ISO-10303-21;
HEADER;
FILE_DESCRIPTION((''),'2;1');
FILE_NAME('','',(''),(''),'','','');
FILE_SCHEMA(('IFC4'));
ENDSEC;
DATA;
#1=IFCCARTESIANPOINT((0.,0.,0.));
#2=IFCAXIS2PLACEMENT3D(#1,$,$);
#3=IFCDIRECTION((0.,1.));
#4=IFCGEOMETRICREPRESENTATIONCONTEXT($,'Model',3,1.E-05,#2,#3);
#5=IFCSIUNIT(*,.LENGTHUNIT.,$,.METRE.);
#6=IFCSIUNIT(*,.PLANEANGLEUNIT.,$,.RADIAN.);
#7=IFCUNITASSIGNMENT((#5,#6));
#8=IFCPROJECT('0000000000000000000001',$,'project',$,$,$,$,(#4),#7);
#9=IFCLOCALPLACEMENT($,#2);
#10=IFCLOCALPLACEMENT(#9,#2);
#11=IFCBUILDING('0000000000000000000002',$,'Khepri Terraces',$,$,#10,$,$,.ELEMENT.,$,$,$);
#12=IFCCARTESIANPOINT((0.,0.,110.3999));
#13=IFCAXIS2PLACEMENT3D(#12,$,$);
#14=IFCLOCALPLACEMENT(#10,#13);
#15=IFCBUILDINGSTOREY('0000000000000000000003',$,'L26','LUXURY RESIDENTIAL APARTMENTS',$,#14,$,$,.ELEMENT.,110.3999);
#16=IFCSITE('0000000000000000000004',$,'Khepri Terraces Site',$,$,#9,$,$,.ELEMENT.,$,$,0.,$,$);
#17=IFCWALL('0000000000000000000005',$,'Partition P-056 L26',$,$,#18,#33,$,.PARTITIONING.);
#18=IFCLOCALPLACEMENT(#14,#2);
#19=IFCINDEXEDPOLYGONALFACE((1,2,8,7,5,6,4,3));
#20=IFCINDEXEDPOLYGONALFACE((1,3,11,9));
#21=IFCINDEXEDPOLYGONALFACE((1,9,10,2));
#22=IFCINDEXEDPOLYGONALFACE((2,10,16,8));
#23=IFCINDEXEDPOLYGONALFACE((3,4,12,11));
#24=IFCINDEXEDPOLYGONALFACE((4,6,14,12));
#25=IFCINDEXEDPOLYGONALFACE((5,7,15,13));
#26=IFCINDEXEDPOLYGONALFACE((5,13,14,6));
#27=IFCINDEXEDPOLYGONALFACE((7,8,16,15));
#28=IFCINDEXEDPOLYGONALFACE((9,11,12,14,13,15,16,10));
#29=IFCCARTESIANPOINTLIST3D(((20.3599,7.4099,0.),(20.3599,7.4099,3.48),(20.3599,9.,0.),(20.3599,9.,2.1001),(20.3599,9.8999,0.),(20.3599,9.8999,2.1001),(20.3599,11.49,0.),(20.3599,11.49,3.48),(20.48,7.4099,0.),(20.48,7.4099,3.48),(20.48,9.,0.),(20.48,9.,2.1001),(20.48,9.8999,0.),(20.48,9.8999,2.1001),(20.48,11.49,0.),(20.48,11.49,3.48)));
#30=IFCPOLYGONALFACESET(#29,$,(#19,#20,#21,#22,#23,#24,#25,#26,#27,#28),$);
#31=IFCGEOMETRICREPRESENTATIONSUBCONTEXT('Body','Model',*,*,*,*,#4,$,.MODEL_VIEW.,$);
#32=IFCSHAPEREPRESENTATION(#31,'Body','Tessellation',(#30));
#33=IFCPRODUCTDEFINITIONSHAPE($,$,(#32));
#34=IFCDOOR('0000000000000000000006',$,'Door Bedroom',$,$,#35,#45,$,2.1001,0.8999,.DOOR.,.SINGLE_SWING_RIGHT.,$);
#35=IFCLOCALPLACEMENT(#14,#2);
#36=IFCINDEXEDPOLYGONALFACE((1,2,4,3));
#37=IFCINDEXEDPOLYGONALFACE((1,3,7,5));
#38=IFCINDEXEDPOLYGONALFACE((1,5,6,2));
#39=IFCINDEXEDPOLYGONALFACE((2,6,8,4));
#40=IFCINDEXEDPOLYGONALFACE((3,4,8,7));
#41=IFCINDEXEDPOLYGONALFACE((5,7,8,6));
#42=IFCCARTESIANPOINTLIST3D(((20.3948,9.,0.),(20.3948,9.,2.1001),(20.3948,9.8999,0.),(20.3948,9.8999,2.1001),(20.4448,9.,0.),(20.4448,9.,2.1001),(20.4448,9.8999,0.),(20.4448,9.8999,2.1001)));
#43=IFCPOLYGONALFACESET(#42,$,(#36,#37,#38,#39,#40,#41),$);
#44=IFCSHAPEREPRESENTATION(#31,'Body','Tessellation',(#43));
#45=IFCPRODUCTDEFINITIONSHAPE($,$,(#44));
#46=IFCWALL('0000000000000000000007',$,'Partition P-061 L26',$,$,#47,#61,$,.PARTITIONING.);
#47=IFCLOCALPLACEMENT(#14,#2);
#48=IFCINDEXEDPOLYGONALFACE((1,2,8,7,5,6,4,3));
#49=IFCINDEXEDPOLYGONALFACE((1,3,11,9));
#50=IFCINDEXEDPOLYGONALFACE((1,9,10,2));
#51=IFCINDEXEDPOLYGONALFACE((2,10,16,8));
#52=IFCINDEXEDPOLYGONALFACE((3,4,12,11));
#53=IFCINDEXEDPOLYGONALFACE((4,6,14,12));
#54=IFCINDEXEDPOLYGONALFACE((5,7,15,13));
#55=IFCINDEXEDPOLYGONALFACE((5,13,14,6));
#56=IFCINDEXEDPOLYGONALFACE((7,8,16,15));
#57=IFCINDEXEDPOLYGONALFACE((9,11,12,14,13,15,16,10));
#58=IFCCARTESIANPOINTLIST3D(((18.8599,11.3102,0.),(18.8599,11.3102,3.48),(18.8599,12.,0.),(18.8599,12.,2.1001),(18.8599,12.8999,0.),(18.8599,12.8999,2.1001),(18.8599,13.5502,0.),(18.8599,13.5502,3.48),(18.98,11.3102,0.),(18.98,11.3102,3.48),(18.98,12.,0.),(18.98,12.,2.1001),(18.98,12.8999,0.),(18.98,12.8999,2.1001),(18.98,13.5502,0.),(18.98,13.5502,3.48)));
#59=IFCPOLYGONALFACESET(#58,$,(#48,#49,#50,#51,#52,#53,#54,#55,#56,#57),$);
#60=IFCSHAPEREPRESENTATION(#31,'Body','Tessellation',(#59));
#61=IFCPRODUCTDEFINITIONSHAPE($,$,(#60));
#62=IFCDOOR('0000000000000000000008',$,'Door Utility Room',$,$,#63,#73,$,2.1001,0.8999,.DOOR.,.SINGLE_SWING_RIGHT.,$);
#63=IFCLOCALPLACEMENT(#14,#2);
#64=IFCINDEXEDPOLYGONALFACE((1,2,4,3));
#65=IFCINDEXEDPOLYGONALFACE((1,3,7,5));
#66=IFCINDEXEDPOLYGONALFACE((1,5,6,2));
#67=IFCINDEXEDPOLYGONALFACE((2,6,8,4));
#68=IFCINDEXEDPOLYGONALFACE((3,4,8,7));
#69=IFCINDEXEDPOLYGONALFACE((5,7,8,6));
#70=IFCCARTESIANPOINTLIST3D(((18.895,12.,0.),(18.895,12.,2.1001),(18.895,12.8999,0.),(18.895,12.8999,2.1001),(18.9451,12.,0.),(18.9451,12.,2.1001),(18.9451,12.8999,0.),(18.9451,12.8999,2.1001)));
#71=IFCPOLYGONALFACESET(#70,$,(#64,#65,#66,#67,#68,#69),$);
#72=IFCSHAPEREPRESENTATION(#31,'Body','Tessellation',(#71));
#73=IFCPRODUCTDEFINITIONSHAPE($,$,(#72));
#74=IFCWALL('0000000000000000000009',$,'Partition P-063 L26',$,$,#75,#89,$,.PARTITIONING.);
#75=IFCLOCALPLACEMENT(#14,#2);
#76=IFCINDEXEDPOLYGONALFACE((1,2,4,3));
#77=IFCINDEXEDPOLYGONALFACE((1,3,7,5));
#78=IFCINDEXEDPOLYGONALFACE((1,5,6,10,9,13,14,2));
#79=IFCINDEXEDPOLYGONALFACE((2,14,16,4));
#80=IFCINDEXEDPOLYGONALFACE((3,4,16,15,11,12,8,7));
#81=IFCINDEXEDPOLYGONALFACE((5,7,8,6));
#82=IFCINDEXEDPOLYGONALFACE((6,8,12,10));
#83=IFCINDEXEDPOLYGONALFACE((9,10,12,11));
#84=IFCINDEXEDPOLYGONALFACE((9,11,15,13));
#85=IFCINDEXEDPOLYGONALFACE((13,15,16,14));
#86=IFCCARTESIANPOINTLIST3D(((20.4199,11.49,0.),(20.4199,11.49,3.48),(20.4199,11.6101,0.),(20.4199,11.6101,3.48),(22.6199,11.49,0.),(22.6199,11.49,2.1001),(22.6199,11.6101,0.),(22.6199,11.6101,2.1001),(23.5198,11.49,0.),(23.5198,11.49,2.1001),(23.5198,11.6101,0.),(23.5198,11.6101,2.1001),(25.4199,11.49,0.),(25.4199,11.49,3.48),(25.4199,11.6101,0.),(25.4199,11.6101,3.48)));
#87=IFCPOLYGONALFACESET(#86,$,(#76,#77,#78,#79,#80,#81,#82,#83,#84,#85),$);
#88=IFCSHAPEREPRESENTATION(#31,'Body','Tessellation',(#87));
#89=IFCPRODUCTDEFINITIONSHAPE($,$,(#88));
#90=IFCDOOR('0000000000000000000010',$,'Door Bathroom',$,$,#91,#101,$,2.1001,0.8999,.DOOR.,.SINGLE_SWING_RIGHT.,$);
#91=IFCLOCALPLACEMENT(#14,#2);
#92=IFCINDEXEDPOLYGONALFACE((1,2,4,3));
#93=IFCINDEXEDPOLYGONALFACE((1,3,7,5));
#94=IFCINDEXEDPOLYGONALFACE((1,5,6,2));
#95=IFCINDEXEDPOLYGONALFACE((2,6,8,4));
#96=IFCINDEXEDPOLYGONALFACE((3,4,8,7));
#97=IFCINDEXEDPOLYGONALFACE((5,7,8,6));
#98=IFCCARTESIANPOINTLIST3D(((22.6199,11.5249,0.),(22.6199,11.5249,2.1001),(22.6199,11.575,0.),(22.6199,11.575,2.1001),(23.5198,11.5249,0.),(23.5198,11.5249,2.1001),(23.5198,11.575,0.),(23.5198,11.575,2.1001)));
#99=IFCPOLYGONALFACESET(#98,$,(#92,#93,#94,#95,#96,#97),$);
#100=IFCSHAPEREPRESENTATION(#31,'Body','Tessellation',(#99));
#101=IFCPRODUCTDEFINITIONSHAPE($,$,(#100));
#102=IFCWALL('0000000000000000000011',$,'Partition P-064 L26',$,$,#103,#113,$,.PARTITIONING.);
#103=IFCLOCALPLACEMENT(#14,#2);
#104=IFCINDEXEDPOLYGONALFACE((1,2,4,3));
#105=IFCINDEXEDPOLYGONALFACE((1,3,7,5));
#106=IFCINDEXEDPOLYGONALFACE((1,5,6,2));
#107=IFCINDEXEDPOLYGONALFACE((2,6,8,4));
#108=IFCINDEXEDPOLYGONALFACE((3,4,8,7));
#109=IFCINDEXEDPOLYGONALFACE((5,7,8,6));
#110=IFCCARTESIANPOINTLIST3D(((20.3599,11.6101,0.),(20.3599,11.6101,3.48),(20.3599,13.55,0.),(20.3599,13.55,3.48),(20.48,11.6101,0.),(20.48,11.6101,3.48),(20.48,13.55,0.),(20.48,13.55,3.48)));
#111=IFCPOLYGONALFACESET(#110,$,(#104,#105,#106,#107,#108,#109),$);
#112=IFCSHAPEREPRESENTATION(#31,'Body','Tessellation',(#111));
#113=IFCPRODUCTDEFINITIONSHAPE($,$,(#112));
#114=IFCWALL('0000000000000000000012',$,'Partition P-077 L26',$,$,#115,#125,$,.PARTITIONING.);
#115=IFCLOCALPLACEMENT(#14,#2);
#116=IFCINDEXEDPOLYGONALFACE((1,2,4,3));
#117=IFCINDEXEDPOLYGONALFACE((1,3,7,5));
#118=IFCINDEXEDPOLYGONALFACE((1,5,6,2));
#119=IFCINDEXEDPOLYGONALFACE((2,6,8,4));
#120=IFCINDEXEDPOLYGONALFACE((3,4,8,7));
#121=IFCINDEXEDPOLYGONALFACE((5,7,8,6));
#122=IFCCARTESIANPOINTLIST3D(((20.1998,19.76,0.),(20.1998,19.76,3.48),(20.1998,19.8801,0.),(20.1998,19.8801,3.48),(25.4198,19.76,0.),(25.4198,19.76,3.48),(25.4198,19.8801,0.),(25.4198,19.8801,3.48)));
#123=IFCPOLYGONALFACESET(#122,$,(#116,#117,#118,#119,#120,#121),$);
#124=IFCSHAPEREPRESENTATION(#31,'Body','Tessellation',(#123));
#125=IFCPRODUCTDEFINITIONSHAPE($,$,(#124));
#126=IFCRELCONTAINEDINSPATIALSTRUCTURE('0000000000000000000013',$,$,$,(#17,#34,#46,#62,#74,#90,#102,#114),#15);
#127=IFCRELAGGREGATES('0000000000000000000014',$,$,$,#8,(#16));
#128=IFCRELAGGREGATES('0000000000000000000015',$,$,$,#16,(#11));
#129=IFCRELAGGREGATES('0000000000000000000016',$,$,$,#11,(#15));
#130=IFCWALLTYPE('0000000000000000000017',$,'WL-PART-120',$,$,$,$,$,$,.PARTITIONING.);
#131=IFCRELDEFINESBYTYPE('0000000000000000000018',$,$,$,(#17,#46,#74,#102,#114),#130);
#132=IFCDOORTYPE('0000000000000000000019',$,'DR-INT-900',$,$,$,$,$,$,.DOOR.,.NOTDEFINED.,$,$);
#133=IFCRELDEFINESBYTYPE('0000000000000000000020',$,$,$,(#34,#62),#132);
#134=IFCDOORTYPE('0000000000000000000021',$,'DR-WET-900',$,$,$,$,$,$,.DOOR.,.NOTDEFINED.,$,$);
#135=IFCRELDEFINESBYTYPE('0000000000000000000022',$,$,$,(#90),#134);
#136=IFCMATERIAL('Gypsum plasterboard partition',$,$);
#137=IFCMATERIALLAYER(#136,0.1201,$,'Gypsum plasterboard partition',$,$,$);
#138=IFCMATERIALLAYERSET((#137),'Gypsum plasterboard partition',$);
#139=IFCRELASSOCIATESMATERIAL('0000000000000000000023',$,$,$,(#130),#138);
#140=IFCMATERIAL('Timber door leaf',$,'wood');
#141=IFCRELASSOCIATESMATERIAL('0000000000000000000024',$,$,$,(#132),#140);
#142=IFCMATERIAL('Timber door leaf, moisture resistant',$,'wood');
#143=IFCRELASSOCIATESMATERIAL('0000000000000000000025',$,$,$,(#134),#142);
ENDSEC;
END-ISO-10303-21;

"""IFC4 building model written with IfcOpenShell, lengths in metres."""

from ifc_helpers import new_model, si_unit, direction, frame, frame_2d, origin, place, context, subcontext, project, spatial, rectangle, extrude, material, layer, layer_set, type_object, element, fill, save


model = new_model("IFC4")

# Units and contexts
model_context = context("Model", 3, precision=1e-05, world=origin(), true_north=direction((0.0, 1.0)))
body_context = subcontext(model_context, "Body", "Model", "MODEL_VIEW")
ifc_project = project(units=[si_unit("LENGTHUNIT", "METRE"), si_unit("PLANEANGLEUNIT", "RADIAN")], contexts=[model_context])

# Site, building, storey
site_placement = place(None, origin())
site = spatial("IfcSite", under=ifc_project, at=site_placement, Name="Khepri Terraces Site", CompositionType="ELEMENT", RefElevation=0.0)
building_placement = place(site_placement, origin())
building = spatial("IfcBuilding", under=site, at=building_placement, Name="Khepri Terraces", CompositionType="ELEMENT")
storey_placement = place(building_placement, frame((0.0, 0.0, 110.3999)))
storey = spatial("IfcBuildingStorey", under=building, at=storey_placement, Name="L26", Description="LUXURY RESIDENTIAL APARTMENTS", CompositionType="ELEMENT", Elevation=110.3999)

# Shared definitions
ifc_material_1 = material(Name="Gypsum plasterboard partition")
ifc_layer_1 = layer(ifc_material_1, 0.1201, Name="Gypsum plasterboard partition")
ifc_layer_set_1 = layer_set([ifc_layer_1], Name="Gypsum plasterboard partition")
wall_type_1 = type_object("IfcWallType", Name="WL-PART-120", PredefinedType="PARTITIONING", material=ifc_layer_set_1)

# Walls, openings, doors
wall_1_placement = place(storey_placement, frame((20.4199, 7.4099, 0.0), z_axis=(0.0, 0.0, 1.0), x_axis=(0.0, 1.0, 0.0)))
wall_1 = element("IfcWall", 1, at=wall_1_placement, inside=storey, type_object=wall_type_1, Name="Partition P-056 L26", PredefinedType="PARTITIONING", context=body_context, shape_type="SweptSolid", body=[
    extrude(rectangle(XDim=4.0801, YDim=0.1201, at=frame_2d((2.04, 0.0))), origin(), (0.0, 0.0, 1.0), 3.48),
])
opening_1_placement = place(wall_1_placement, frame((1.5901, 0.0, 0.0)))
opening_1 = element("IfcOpeningElement", 2, at=opening_1_placement, cuts=wall_1, PredefinedType="OPENING", context=body_context, shape_type="SweptSolid", body=[
    extrude(rectangle(XDim=0.8999, YDim=2.1001, at=frame_2d((0.45, 1.05))), frame((0.0, 0.0701, 0.0), z_axis=(0.0, -1.0, 0.0), x_axis=(1.0, 0.0, 0.0)), (0.0, 0.0, 1.0), 0.1401),
])
ifc_material_2 = material(Name="Timber door leaf", Category="wood")
door_type_1 = type_object("IfcDoorType", Name="DR-INT-900", OperationType="NOTDEFINED", PredefinedType="DOOR", material=ifc_material_2)
door_1_placement = place(opening_1_placement, frame((0.8999, 0.0, 0.0), z_axis=(0.0, 0.0, 1.0), x_axis=(-1.0, 0.0, 0.0)))
door_1 = element("IfcDoor", 3, at=door_1_placement, inside=storey, type_object=door_type_1, Name="Door Bedroom", OperationType="SINGLE_SWING_RIGHT", OverallHeight=2.1001, OverallWidth=0.8999, PredefinedType="DOOR", context=body_context, shape_type="SweptSolid", body=[
    extrude(rectangle(XDim=0.8999, YDim=2.1001, at=frame_2d((0.45, 1.05))), frame((0.0, 0.0249, 0.0), z_axis=(0.0, -1.0, 0.0), x_axis=(1.0, 0.0, 0.0)), (0.0, 0.0, 1.0), 0.05),
])
fill(opening_1, door_1)
wall_2_placement = place(storey_placement, frame((18.9199, 11.3101, 0.0), z_axis=(0.0, 0.0, 1.0), x_axis=(0.0, 1.0, 0.0)))
wall_2 = element("IfcWall", 4, at=wall_2_placement, inside=storey, type_object=wall_type_1, Name="Partition P-061 L26", PredefinedType="PARTITIONING", context=body_context, shape_type="SweptSolid", body=[
    extrude(rectangle(XDim=2.24, YDim=0.1201, at=frame_2d((1.1201, 0.0))), origin(), (0.0, 0.0, 1.0), 3.48),
])
opening_2_placement = place(wall_2_placement, frame((0.6899, 0.0, 0.0)))
opening_2 = element("IfcOpeningElement", 5, at=opening_2_placement, cuts=wall_2, PredefinedType="OPENING", context=body_context, shape_type="SweptSolid", body=[
    extrude(rectangle(XDim=0.8999, YDim=2.1001, at=frame_2d((0.45, 1.05))), frame((0.0, 0.0701, 0.0), z_axis=(0.0, -1.0, 0.0), x_axis=(1.0, 0.0, 0.0)), (0.0, 0.0, 1.0), 0.1401),
])
door_2_placement = place(opening_2_placement, origin())
door_2 = element("IfcDoor", 6, at=door_2_placement, inside=storey, type_object=door_type_1, Name="Door Utility Room", OperationType="SINGLE_SWING_RIGHT", OverallHeight=2.1001, OverallWidth=0.8999, PredefinedType="DOOR", context=body_context, shape_type="SweptSolid", body=[
    extrude(rectangle(XDim=0.8999, YDim=2.1001, at=frame_2d((0.45, 1.05))), frame((0.0, 0.0249, 0.0), z_axis=(0.0, -1.0, 0.0), x_axis=(1.0, 0.0, 0.0)), (0.0, 0.0, 1.0), 0.05),
])
fill(opening_2, door_2)
wall_3_placement = place(storey_placement, frame((20.4199, 11.55, 0.0), z_axis=(0.0, 0.0, 1.0), x_axis=(1.0, 0.0, 0.0)))
wall_3 = element("IfcWall", 7, at=wall_3_placement, inside=storey, type_object=wall_type_1, Name="Partition P-063 L26", PredefinedType="PARTITIONING", context=body_context, shape_type="SweptSolid", body=[
    extrude(rectangle(XDim=5.0, YDim=0.1201, at=frame_2d((2.5, 0.0))), origin(), (0.0, 0.0, 1.0), 3.48),
])
opening_3_placement = place(wall_3_placement, frame((2.2, 0.0, 0.0)))
opening_3 = element("IfcOpeningElement", 8, at=opening_3_placement, cuts=wall_3, PredefinedType="OPENING", context=body_context, shape_type="SweptSolid", body=[
    extrude(rectangle(XDim=0.8999, YDim=2.1001, at=frame_2d((0.45, 1.05))), frame((0.0, 0.0701, 0.0), z_axis=(0.0, -1.0, 0.0), x_axis=(1.0, 0.0, 0.0)), (0.0, 0.0, 1.0), 0.1401),
])
ifc_material_3 = material(Name="Timber door leaf, moisture resistant", Category="wood")
door_type_2 = type_object("IfcDoorType", Name="DR-WET-900", OperationType="NOTDEFINED", PredefinedType="DOOR", material=ifc_material_3)
door_3_placement = place(opening_3_placement, origin())
door_3 = element("IfcDoor", 9, at=door_3_placement, inside=storey, type_object=door_type_2, Name="Door Bathroom", OperationType="SINGLE_SWING_RIGHT", OverallHeight=2.1001, OverallWidth=0.8999, PredefinedType="DOOR", context=body_context, shape_type="SweptSolid", body=[
    extrude(rectangle(XDim=0.8999, YDim=2.1001, at=frame_2d((0.45, 1.05))), frame((0.0, 0.0249, 0.0), z_axis=(0.0, -1.0, 0.0), x_axis=(1.0, 0.0, 0.0)), (0.0, 0.0, 1.0), 0.05),
])
fill(opening_3, door_3)

# Walls
wall_4_placement = place(storey_placement, frame((20.4199, 11.6101, 0.0), z_axis=(0.0, 0.0, 1.0), x_axis=(0.0, 1.0, 0.0)))
element("IfcWall", 10, at=wall_4_placement, inside=storey, type_object=wall_type_1, Name="Partition P-064 L26", PredefinedType="PARTITIONING", context=body_context, shape_type="SweptSolid", body=[
    extrude(rectangle(XDim=1.9399, YDim=0.1201, at=frame_2d((0.97, 0.0))), origin(), (0.0, 0.0, 1.0), 3.48),
])
wall_5_placement = place(storey_placement, frame((20.2, 19.8201, 0.0), z_axis=(0.0, 0.0, 1.0), x_axis=(1.0, 0.0, 0.0)))
element("IfcWall", 11, at=wall_5_placement, inside=storey, type_object=wall_type_1, Name="Partition P-077 L26", PredefinedType="PARTITIONING", context=body_context, shape_type="SweptSolid", body=[
    extrude(rectangle(XDim=5.22, YDim=0.1201, at=frame_2d((2.6099, 0.0))), origin(), (0.0, 0.0, 1.0), 3.48),
])

save(model, "model.ifc")
